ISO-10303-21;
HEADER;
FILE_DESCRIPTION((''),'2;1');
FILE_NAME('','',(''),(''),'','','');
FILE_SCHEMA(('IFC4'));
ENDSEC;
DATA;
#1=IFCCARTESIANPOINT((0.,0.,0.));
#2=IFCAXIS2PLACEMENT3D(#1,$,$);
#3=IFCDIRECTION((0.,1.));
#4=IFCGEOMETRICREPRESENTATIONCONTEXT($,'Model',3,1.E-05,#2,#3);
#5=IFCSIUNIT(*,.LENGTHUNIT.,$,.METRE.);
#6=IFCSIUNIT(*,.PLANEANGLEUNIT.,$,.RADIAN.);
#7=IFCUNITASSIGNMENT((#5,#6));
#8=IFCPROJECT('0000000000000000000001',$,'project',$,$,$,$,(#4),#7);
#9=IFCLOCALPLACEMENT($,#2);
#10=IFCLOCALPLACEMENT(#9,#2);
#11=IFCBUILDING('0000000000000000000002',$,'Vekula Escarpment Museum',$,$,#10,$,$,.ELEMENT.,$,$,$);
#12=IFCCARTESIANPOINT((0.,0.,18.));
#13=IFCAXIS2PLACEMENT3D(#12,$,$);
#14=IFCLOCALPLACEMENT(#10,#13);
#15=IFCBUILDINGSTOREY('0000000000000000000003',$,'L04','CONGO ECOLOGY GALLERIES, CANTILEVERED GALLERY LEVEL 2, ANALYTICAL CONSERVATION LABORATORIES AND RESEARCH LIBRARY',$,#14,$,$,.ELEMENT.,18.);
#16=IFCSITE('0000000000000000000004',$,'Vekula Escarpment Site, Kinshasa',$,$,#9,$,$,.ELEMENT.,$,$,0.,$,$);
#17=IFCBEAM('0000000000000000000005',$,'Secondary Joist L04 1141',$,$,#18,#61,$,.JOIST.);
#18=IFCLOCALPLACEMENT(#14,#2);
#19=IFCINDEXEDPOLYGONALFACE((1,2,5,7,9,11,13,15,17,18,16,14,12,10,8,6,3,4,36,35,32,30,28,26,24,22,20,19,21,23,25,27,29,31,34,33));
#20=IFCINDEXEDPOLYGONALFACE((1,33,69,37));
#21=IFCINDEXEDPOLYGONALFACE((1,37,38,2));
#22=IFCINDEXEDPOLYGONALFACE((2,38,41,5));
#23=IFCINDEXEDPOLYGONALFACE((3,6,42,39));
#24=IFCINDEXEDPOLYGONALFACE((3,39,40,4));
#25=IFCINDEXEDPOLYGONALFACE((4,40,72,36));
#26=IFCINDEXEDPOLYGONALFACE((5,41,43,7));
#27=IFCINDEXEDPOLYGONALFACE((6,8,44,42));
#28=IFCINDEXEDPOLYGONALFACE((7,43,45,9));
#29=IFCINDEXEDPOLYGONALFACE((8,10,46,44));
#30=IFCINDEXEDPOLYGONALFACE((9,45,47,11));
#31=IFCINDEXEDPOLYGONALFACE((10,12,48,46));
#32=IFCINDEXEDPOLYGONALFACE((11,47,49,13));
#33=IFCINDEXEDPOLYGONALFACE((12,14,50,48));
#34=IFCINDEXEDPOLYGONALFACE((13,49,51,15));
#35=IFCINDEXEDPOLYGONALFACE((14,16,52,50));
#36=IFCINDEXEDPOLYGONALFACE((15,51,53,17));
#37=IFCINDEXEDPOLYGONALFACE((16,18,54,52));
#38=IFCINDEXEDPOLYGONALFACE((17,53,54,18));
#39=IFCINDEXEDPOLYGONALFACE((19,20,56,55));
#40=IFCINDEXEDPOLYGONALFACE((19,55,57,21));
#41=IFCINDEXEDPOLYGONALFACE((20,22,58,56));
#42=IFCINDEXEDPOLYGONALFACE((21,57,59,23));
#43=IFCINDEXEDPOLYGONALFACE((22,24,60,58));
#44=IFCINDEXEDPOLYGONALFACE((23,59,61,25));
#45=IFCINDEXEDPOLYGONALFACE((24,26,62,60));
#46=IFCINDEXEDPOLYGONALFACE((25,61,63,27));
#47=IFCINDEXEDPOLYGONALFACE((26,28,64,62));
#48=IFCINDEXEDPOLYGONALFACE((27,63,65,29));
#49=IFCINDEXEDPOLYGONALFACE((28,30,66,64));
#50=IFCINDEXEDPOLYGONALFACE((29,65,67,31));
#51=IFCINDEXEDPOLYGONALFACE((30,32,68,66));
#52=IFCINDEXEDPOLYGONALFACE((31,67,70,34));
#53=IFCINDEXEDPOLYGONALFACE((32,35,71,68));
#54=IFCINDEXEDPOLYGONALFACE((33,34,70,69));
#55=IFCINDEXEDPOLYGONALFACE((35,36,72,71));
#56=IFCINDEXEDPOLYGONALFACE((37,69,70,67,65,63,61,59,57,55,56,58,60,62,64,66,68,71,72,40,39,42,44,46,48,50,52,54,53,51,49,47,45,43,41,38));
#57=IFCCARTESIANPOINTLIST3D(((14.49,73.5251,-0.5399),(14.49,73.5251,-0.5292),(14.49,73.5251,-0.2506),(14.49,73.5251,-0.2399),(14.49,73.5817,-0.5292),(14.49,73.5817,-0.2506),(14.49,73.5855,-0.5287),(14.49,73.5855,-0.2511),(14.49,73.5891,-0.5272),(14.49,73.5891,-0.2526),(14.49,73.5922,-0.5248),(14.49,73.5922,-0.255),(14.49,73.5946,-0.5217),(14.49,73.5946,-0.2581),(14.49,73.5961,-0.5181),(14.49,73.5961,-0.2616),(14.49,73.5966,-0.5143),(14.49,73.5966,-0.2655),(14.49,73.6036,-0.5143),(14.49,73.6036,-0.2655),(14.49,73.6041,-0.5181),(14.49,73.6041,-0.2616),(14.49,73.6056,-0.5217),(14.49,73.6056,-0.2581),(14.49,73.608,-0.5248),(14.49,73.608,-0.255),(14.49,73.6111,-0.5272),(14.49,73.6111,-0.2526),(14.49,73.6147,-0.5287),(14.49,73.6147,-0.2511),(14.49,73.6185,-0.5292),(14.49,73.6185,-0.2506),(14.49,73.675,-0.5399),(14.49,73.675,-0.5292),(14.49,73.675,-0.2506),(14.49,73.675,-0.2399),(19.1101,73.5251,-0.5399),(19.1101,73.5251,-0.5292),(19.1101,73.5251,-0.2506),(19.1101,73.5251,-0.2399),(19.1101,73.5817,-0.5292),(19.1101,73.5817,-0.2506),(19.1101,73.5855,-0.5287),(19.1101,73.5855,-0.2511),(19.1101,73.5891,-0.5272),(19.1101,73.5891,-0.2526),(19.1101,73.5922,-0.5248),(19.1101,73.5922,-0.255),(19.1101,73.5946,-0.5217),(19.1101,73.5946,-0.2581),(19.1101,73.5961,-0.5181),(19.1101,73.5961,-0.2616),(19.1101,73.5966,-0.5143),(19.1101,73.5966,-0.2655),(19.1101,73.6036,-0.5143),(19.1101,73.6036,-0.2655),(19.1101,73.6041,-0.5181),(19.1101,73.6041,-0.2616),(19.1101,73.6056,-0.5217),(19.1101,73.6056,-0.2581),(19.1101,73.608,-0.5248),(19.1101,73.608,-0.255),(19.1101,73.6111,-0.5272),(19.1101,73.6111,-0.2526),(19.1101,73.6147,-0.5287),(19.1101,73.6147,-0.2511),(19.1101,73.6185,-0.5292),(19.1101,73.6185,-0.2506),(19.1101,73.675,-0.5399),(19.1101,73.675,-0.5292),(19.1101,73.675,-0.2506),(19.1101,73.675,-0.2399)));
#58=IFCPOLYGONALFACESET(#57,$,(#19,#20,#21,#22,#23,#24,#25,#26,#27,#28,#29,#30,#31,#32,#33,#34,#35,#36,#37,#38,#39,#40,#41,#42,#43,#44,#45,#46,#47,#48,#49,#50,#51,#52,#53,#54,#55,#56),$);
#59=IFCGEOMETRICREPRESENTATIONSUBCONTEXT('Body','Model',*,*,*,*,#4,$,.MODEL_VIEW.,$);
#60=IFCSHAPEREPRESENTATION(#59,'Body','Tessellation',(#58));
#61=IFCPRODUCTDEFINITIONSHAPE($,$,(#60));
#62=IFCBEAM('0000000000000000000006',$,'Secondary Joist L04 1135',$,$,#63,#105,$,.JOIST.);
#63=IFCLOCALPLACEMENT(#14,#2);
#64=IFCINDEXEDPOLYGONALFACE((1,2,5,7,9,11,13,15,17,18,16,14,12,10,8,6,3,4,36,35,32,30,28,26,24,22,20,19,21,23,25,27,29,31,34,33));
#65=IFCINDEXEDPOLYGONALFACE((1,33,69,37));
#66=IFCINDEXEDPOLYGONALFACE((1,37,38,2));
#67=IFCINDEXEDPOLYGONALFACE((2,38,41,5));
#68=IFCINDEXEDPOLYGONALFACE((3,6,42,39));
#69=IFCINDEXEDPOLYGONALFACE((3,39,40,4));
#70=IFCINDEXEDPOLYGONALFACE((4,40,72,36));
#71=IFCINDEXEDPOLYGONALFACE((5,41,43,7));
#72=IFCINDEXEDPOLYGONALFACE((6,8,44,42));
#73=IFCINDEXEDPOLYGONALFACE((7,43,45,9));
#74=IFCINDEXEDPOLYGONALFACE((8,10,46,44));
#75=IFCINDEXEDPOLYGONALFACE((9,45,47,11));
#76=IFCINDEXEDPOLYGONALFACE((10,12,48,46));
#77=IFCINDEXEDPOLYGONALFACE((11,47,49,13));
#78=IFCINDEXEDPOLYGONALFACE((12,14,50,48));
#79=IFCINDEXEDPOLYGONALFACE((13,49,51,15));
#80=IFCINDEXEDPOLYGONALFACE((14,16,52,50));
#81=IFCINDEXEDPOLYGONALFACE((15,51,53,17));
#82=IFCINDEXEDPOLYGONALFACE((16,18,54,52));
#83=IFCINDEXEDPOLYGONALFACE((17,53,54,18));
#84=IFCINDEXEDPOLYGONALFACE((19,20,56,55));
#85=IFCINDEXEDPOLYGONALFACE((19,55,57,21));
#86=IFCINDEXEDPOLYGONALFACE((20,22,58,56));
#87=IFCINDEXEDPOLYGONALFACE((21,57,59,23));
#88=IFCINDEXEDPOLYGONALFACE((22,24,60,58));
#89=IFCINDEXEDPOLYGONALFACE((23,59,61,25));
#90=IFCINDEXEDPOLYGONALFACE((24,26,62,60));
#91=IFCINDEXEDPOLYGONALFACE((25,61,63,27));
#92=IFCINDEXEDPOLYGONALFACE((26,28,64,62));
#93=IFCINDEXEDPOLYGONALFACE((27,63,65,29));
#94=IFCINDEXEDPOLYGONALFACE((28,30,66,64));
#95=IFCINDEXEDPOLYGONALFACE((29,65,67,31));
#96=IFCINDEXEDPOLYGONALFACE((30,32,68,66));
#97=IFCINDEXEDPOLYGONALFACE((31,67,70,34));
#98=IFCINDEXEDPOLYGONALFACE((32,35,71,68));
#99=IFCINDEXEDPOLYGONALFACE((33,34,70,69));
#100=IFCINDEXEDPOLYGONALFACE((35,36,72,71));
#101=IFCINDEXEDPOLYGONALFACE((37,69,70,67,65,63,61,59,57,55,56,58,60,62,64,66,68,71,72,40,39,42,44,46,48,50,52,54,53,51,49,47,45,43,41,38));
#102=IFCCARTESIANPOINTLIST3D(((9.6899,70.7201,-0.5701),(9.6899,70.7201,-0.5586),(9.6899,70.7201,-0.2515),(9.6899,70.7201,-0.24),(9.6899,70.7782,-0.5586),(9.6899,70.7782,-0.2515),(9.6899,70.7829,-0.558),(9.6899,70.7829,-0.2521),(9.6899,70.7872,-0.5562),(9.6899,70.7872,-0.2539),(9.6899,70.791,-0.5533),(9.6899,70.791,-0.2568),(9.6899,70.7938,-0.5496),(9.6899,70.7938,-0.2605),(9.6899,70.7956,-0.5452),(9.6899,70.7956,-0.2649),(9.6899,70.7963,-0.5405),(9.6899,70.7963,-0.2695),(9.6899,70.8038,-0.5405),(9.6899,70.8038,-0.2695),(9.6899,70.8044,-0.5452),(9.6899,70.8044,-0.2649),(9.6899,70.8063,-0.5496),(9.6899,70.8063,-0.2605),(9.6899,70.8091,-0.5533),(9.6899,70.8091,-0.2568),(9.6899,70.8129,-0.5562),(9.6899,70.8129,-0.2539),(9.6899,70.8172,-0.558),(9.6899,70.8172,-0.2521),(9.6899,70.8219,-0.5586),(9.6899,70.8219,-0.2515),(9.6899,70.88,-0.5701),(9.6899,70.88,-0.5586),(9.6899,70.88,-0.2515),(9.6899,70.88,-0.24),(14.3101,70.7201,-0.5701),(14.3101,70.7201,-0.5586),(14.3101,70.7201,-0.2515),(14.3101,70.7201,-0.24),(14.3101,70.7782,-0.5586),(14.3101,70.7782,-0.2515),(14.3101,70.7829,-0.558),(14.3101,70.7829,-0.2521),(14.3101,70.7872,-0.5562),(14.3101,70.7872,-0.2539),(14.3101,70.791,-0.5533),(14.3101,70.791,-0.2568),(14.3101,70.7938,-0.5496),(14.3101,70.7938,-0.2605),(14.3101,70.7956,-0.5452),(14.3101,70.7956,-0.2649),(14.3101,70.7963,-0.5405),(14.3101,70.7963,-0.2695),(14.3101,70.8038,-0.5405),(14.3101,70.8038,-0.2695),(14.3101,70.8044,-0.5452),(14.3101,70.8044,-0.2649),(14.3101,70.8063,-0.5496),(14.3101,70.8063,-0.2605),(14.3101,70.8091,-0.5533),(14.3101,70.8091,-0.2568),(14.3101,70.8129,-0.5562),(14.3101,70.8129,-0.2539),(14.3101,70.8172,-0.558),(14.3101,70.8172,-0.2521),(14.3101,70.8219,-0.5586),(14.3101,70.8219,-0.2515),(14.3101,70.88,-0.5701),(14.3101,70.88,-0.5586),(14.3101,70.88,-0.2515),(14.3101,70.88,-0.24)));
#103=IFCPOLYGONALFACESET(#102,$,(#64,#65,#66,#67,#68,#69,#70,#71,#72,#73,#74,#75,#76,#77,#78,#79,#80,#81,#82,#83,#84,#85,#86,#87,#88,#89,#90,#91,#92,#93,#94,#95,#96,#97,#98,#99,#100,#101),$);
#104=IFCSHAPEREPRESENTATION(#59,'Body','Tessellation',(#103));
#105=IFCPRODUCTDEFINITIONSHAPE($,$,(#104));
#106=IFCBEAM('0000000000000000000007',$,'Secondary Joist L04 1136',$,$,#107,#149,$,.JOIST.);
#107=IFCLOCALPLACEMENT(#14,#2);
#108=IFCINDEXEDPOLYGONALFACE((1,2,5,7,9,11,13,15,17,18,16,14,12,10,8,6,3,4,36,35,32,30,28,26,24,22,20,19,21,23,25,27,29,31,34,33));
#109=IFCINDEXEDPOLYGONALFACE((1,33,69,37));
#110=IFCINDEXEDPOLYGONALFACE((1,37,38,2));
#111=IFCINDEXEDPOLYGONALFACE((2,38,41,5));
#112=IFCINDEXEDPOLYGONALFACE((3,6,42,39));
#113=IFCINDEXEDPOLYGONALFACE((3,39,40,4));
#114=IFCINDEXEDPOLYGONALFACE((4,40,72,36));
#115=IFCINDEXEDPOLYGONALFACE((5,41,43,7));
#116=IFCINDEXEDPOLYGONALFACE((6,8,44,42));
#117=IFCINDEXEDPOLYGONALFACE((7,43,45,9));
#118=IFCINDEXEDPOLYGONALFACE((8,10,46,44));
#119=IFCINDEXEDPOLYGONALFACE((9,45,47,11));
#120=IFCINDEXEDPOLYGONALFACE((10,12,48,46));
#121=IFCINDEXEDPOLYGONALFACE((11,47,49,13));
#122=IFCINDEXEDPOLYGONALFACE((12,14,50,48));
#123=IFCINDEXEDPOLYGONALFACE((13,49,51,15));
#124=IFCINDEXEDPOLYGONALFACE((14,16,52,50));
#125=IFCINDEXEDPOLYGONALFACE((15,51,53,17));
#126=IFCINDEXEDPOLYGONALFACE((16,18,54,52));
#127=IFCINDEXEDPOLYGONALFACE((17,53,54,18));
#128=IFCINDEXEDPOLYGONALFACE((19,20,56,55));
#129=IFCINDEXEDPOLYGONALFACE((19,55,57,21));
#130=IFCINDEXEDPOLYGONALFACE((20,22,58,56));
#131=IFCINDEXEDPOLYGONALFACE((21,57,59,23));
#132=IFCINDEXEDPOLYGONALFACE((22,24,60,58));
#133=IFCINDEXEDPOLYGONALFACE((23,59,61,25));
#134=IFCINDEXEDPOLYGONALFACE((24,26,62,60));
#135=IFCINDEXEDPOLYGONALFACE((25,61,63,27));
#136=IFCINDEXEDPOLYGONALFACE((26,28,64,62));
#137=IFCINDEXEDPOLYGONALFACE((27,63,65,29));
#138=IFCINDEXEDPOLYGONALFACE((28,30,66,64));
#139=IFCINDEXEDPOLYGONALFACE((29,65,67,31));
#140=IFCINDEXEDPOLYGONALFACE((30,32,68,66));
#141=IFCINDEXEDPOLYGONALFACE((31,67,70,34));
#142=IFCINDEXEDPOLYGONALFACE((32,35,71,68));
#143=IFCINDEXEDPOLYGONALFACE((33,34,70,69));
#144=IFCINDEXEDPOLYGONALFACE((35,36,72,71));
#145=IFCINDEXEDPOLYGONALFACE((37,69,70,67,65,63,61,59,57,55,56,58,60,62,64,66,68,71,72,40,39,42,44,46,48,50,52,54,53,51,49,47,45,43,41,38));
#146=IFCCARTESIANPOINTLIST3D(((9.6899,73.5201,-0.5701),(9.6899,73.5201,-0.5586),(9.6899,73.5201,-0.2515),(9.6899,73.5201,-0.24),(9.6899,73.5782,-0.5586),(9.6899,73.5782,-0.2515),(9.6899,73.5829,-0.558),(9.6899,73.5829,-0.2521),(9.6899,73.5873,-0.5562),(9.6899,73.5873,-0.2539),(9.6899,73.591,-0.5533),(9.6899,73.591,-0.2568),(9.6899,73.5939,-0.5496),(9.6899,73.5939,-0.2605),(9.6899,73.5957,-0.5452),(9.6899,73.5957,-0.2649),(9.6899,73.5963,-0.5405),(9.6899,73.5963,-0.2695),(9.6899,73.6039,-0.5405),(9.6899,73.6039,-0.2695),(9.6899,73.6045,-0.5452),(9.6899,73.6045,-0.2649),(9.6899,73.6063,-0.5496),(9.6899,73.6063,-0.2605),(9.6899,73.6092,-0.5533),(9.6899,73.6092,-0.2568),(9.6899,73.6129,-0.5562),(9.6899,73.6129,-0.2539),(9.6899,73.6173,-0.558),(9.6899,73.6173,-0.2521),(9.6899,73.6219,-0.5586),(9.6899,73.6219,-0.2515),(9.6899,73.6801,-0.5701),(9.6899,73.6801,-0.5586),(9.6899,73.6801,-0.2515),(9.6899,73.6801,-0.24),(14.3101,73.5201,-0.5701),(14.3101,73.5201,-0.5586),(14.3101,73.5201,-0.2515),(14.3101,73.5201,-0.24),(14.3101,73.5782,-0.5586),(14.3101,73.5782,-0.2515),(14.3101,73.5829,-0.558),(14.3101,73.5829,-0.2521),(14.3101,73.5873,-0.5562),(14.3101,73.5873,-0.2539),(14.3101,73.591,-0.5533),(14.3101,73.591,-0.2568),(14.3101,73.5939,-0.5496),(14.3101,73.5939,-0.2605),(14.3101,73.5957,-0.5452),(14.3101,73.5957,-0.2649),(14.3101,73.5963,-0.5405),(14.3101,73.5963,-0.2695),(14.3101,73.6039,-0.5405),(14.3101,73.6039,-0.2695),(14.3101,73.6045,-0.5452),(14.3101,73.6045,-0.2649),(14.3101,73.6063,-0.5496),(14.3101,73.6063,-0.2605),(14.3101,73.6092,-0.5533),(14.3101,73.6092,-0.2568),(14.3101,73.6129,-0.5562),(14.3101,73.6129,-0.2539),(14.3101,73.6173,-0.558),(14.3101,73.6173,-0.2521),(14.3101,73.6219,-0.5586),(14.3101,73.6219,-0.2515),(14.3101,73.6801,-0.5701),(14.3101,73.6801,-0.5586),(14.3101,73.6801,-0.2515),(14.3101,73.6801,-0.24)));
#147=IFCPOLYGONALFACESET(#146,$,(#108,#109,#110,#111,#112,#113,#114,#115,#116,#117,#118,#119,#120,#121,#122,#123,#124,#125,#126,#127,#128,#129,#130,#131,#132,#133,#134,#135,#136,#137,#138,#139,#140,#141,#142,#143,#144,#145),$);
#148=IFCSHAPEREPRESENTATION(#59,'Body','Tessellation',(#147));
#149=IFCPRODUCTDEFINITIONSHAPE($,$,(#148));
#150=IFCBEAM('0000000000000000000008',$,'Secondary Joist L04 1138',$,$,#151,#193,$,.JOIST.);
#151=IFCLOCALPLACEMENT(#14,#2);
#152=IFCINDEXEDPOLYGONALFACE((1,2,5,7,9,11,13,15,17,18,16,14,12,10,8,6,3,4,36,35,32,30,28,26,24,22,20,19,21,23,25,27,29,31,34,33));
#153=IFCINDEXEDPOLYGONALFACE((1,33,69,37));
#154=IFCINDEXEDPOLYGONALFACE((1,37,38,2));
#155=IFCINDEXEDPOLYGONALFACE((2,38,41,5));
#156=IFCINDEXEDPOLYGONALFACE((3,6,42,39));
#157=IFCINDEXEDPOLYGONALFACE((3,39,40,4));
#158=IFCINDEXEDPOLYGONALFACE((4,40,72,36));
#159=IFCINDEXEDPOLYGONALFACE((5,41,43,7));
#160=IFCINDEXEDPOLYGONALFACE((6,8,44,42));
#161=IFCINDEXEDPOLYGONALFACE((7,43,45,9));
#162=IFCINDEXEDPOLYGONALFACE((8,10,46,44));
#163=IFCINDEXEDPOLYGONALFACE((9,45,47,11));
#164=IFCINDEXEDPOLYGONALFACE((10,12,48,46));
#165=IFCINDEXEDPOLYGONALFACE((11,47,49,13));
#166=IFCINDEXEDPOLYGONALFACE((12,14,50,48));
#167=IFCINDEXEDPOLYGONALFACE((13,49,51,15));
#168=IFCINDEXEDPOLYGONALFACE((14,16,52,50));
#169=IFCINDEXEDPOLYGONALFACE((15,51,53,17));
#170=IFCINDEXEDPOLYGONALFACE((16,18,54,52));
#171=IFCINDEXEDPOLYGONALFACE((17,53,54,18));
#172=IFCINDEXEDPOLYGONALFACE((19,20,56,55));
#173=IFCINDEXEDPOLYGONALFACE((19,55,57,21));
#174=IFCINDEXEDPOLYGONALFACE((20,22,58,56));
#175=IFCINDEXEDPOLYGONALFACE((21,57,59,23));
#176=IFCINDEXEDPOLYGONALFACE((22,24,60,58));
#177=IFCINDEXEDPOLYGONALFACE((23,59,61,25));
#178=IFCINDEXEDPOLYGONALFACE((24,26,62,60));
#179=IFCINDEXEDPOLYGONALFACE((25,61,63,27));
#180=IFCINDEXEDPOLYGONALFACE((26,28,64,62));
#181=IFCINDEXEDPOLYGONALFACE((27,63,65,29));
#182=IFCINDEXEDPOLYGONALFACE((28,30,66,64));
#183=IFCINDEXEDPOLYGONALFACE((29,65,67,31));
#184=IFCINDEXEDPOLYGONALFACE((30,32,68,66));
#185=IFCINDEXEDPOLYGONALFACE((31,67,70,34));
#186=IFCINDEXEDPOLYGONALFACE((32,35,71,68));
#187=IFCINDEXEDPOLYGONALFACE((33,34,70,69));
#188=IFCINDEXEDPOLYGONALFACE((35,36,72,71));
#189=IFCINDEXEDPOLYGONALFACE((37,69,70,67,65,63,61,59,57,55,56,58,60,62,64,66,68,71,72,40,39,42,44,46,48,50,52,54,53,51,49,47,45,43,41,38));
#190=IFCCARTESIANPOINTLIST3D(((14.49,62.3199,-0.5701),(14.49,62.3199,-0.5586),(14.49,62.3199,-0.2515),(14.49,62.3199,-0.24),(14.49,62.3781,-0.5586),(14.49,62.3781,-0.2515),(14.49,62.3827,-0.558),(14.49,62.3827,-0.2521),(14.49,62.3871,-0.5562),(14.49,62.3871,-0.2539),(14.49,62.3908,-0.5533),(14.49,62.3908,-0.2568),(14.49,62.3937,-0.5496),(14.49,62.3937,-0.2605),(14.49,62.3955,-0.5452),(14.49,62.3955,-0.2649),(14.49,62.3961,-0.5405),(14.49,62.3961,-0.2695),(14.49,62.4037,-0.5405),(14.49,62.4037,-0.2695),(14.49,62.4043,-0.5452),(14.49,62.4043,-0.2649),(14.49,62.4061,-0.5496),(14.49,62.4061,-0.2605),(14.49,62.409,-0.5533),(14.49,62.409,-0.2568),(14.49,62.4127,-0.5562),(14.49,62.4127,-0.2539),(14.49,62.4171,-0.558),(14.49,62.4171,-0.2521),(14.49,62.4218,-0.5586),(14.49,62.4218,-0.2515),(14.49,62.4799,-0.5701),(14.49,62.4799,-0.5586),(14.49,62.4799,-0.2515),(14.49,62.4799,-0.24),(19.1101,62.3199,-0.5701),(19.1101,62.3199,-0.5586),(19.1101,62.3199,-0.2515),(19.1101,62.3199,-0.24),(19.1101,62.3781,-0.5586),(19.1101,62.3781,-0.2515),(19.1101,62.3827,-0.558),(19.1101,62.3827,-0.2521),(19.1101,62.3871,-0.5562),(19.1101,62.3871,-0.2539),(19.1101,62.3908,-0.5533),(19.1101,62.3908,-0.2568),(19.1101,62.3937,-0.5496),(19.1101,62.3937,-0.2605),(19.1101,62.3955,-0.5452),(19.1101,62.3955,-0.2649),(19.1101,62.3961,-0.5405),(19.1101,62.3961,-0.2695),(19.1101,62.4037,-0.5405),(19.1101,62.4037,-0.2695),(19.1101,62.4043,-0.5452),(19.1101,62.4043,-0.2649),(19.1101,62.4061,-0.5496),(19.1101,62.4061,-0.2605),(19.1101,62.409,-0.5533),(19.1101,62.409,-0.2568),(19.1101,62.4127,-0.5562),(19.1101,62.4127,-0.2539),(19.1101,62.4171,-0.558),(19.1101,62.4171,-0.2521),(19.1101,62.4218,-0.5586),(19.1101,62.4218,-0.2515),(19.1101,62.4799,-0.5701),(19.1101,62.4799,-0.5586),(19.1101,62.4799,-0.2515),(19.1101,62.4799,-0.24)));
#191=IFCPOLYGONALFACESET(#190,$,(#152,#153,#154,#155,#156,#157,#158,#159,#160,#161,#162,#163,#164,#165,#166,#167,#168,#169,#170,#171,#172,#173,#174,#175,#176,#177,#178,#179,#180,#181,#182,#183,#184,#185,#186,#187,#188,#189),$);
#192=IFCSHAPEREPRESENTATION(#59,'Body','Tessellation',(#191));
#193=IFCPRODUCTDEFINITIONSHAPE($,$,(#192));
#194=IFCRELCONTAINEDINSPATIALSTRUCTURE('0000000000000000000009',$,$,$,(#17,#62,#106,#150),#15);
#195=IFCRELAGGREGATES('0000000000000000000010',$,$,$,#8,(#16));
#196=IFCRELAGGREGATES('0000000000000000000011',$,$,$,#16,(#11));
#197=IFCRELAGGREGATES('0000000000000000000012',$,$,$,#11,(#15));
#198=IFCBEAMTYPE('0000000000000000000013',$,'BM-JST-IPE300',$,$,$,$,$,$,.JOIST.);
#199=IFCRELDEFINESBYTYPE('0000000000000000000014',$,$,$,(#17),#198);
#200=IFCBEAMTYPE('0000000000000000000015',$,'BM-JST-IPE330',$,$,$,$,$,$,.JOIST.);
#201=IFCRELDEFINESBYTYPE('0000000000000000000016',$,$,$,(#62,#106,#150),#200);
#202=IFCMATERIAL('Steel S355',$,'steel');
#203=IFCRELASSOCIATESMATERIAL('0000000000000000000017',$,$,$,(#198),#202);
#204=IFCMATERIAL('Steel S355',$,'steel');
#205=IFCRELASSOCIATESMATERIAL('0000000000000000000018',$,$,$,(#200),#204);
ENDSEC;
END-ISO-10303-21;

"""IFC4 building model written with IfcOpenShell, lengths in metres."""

from ifc_helpers import new_model, si_unit, direction, frame, origin, origin_2d, place, context, subcontext, project, spatial, i_section, extrude, material, material_profile, profile_set, type_object, element, save


model = new_model("IFC4")

# Units and contexts
model_context = context("Model", 3, precision=1e-05, world=origin(), true_north=direction((0.0, 1.0)))
body_context = subcontext(model_context, "Body", "Model", "MODEL_VIEW")
ifc_project = project(units=[si_unit("LENGTHUNIT", "METRE"), si_unit("PLANEANGLEUNIT", "RADIAN")], contexts=[model_context])

# Site, building, storey
site_placement = place(None, origin())
site = spatial("IfcSite", under=ifc_project, at=site_placement, Name="Vekula Escarpment Site, Kinshasa", CompositionType="ELEMENT", RefElevation=0.0)
building_placement = place(site_placement, origin())
building = spatial("IfcBuilding", under=site, at=building_placement, Name="Vekula Escarpment Museum", CompositionType="ELEMENT")
storey_placement = place(building_placement, frame((0.0, 0.0, 18.0)))
storey = spatial("IfcBuildingStorey", under=building, at=storey_placement, Name="L04", Description="CONGO ECOLOGY GALLERIES, CANTILEVERED GALLERY LEVEL 2, ANALYTICAL CONSERVATION LABORATORIES AND RESEARCH LIBRARY", CompositionType="ELEMENT", Elevation=18.0)

# Beams
ifc_material_1 = material(Name="Steel S355", Category="steel")
ifc_material_profile_1 = material_profile(ifc_material_1, i_section(OverallWidth=0.1499, OverallDepth=0.3, WebThickness=0.0071, FlangeThickness=0.0107, FilletRadius=0.0149, at=origin_2d()), Name="IPE 300")
ifc_profile_set_1 = profile_set([ifc_material_profile_1], Name="Steel S355")
beam_type_1 = type_object("IfcBeamType", Name="BM-JST-IPE300", PredefinedType="JOIST", material=ifc_profile_set_1)
for number, where, z_axis, x_axis, name in (
    (1, (14.49, 73.6001, -0.3899), (1.0, 0.0, 0.0), (0.0, 1.0, 0.0), "Secondary Joist L04 1141"),
):
    element("IfcBeam", number, at=place(storey_placement, frame(where, z_axis=z_axis, x_axis=x_axis)), inside=storey, type_object=beam_type_1, Name=name, PredefinedType="JOIST", context=body_context, shape_type="SweptSolid", body=[
        extrude(i_section(OverallWidth=0.1499, OverallDepth=0.3, WebThickness=0.0071, FlangeThickness=0.0107, FilletRadius=0.0149, at=origin_2d()), origin(), (0.0, 0.0, 1.0), 4.6201),
    ])
ifc_material_2 = material(Name="Steel S355", Category="steel")
ifc_material_profile_2 = material_profile(ifc_material_2, i_section(OverallWidth=0.1599, OverallDepth=0.3301, WebThickness=0.0076, FlangeThickness=0.0115, FilletRadius=0.0181, at=origin_2d()), Name="IPE 330")
ifc_profile_set_2 = profile_set([ifc_material_profile_2], Name="Steel S355")
beam_type_2 = type_object("IfcBeamType", Name="BM-JST-IPE330", PredefinedType="JOIST", material=ifc_profile_set_2)
for number, where, z_axis, x_axis, name in (
    (2, (9.6899, 70.8, -0.405), (1.0, 0.0, 0.0), (0.0, 1.0, 0.0), "Secondary Joist L04 1135"),
    (3, (9.6899, 73.6001, -0.405), (1.0, 0.0, 0.0), (0.0, 1.0, 0.0), "Secondary Joist L04 1136"),
    (4, (14.49, 62.3999, -0.405), (1.0, 0.0, 0.0), (0.0, 1.0, 0.0), "Secondary Joist L04 1138"),
):
    element("IfcBeam", number, at=place(storey_placement, frame(where, z_axis=z_axis, x_axis=x_axis)), inside=storey, type_object=beam_type_2, Name=name, PredefinedType="JOIST", context=body_context, shape_type="SweptSolid", body=[
        extrude(i_section(OverallWidth=0.1599, OverallDepth=0.3301, WebThickness=0.0076, FlangeThickness=0.0115, FilletRadius=0.0181, at=origin_2d()), origin(), (0.0, 0.0, 1.0), 4.6201),
    ])

save(model, "model.ifc")
